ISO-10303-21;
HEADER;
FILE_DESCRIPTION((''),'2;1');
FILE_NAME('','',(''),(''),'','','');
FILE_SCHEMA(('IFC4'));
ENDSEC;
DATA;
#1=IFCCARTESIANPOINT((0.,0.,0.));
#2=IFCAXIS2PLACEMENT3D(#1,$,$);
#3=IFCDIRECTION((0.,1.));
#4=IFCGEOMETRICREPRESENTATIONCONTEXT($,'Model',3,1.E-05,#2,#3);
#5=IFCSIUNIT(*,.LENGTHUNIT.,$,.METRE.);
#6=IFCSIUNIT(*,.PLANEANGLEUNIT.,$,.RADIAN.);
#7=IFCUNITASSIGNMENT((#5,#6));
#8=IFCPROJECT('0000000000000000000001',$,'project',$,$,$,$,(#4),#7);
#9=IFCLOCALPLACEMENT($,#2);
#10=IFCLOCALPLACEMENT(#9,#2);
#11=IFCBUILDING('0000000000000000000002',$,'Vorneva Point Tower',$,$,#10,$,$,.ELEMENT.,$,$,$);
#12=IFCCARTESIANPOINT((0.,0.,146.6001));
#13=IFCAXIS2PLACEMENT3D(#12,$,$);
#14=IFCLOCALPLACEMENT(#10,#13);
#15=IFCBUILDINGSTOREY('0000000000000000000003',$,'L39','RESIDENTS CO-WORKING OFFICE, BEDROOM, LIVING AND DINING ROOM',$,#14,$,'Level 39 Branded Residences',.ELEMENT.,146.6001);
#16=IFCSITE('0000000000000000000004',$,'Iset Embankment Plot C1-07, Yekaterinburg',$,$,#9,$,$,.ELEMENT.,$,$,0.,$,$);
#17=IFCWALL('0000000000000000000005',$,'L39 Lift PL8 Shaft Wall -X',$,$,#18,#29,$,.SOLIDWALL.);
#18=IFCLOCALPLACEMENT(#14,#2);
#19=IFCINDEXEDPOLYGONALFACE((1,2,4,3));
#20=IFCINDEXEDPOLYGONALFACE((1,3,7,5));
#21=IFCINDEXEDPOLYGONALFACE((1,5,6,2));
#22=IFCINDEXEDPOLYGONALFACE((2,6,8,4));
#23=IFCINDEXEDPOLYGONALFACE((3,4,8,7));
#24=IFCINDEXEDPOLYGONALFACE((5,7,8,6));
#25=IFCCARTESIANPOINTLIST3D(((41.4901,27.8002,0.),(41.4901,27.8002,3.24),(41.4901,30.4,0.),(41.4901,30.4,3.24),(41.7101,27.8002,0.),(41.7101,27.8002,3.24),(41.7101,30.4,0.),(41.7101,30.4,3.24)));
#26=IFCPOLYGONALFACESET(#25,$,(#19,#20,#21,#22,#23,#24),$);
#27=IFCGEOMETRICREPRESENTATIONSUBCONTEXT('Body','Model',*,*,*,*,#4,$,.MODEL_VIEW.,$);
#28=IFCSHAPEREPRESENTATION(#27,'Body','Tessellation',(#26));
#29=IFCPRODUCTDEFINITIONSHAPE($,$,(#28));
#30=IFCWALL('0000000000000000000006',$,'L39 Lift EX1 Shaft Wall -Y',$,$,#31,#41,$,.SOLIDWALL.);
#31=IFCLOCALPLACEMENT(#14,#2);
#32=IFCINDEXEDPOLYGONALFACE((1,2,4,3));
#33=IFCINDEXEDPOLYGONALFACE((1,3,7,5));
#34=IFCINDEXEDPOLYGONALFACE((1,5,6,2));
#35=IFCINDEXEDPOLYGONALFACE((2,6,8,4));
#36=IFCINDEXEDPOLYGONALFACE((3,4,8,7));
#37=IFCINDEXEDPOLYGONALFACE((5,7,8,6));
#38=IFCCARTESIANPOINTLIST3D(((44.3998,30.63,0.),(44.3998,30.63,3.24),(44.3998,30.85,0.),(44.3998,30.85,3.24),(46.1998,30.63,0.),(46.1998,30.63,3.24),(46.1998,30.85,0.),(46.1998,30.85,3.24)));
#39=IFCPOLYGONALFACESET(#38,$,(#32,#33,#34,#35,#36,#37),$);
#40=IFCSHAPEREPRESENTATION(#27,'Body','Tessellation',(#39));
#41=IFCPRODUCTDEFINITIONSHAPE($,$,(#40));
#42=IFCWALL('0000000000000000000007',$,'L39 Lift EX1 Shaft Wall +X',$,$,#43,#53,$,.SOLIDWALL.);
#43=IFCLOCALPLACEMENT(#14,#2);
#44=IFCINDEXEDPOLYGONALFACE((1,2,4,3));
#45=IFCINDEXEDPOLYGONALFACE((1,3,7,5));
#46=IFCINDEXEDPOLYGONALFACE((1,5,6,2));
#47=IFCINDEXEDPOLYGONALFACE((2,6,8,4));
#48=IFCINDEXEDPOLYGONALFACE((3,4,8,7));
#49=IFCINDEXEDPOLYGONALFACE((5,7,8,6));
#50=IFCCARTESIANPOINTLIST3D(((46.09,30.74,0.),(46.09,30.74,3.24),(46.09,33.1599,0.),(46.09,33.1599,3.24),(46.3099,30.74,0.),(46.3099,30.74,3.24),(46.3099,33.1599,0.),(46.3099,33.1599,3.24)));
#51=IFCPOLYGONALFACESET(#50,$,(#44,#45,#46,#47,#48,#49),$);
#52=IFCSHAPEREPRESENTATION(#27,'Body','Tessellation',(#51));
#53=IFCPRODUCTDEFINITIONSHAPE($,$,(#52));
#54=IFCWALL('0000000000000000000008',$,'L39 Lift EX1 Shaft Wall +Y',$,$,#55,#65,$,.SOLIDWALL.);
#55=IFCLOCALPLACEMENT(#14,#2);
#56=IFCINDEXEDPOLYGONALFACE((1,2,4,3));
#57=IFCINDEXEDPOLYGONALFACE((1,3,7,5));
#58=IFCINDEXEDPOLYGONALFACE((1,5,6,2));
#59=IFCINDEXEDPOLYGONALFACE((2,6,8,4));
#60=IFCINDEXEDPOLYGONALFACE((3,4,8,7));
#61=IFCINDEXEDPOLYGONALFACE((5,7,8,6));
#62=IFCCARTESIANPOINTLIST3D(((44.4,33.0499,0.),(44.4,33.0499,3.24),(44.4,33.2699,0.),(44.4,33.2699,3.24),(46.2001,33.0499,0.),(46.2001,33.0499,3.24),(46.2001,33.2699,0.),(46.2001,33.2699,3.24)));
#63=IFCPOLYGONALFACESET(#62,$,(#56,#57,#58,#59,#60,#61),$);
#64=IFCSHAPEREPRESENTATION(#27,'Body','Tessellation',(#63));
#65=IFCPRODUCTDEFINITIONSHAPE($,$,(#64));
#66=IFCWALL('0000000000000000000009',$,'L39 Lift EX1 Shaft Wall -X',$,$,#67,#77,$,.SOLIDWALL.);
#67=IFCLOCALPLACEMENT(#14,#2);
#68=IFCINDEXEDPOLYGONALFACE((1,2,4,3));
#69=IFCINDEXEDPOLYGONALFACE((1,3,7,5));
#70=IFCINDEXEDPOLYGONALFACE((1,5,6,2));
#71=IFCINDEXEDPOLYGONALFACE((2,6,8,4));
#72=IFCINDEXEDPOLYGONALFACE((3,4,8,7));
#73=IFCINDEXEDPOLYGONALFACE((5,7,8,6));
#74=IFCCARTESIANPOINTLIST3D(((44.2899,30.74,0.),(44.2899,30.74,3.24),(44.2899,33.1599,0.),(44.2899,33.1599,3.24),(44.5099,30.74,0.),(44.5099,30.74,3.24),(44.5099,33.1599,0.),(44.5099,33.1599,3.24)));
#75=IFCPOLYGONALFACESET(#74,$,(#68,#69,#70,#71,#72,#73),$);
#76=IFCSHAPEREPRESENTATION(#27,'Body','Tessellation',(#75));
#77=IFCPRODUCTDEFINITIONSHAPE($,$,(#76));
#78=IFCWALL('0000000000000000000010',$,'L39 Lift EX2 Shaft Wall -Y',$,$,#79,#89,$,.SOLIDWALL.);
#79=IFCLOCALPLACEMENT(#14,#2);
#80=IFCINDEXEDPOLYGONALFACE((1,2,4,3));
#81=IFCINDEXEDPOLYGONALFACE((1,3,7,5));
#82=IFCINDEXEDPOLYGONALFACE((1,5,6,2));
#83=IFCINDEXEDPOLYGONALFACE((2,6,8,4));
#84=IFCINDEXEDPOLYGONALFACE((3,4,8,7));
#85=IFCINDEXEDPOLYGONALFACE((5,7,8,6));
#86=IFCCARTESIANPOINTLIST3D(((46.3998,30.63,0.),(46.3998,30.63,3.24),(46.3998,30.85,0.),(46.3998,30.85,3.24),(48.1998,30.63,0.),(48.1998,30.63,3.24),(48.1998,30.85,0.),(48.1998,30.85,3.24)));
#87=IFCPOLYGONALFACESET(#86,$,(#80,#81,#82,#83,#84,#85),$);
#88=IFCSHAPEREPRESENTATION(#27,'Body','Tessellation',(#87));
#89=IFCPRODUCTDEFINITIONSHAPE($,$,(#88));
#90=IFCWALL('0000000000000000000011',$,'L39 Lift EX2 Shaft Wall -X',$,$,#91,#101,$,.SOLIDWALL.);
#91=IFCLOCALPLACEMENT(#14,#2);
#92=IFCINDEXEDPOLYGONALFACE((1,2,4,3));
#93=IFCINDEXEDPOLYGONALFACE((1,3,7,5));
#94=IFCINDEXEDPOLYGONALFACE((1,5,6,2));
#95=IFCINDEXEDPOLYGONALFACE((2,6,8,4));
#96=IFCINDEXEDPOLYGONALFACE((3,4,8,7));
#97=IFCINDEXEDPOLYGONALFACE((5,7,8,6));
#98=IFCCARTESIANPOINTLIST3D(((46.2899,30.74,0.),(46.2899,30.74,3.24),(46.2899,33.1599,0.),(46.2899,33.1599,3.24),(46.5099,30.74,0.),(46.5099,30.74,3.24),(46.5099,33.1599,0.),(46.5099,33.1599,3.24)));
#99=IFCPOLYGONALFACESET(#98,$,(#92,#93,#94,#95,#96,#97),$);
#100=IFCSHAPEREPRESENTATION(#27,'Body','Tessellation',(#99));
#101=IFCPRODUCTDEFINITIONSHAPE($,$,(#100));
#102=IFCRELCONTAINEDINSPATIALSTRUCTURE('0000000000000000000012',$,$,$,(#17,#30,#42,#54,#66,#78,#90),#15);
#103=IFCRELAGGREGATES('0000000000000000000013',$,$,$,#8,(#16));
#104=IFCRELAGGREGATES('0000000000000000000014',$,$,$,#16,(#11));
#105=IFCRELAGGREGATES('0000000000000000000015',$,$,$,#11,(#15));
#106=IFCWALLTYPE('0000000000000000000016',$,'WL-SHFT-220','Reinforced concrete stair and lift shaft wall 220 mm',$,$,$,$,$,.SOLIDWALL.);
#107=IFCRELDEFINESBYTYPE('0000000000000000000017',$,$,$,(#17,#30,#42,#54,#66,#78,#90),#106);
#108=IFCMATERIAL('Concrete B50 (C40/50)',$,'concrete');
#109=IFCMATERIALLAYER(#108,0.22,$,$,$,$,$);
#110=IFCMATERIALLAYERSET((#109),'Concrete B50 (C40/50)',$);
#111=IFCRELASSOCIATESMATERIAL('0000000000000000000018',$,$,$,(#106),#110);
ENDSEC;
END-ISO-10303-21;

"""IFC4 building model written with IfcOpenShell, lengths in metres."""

from ifc_helpers import new_model, si_unit, direction, frame, frame_2d, origin, place, context, subcontext, project, spatial, rectangle, extrude, material, layer, layer_set, type_object, element, save


model = new_model("IFC4")

# Units and contexts
model_context = context("Model", 3, precision=1e-05, world=origin(), true_north=direction((0.0, 1.0)))
body_context = subcontext(model_context, "Body", "Model", "MODEL_VIEW")
ifc_project = project(units=[si_unit("LENGTHUNIT", "METRE"), si_unit("PLANEANGLEUNIT", "RADIAN")], contexts=[model_context])

# Site, building, storey
site_placement = place(None, origin())
site = spatial("IfcSite", under=ifc_project, at=site_placement, Name="Iset Embankment Plot C1-07, Yekaterinburg", CompositionType="ELEMENT", RefElevation=0.0)
building_placement = place(site_placement, origin())
building = spatial("IfcBuilding", under=site, at=building_placement, Name="Vorneva Point Tower", CompositionType="ELEMENT")
storey_placement = place(building_placement, frame((0.0, 0.0, 146.6001)))
storey = spatial("IfcBuildingStorey", under=building, at=storey_placement, Name="L39", Description="RESIDENTS CO-WORKING OFFICE, BEDROOM, LIVING AND DINING ROOM", LongName="Level 39 Branded Residences", CompositionType="ELEMENT", Elevation=146.6001)

# Walls
ifc_material_1 = material(Name="Concrete B50 (C40/50)", Category="concrete")
ifc_layer_1 = layer(ifc_material_1, 0.22)
ifc_layer_set_1 = layer_set([ifc_layer_1], Name="Concrete B50 (C40/50)")
wall_type_1 = type_object("IfcWallType", Name="WL-SHFT-220", Description="Reinforced concrete stair and lift shaft wall 220 mm", PredefinedType="SOLIDWALL", material=ifc_layer_set_1)
wall_1_placement = place(storey_placement, frame((41.6001, 30.3999, 0.0), z_axis=(0.0, 0.0, 1.0), x_axis=(0.0, -1.0, 0.0)))
element("IfcWall", 1, at=wall_1_placement, inside=storey, type_object=wall_type_1, Name="L39 Lift PL8 Shaft Wall -X", PredefinedType="SOLIDWALL", context=body_context, shape_type="SweptSolid", body=[
    extrude(rectangle(XDim=2.5999, YDim=0.22, at=frame_2d((1.2998, 0.0))), origin(), (0.0, 0.0, 1.0), 3.24),
])
wall_2_placement = place(storey_placement, frame((44.3999, 30.74, 0.0), z_axis=(0.0, 0.0, 1.0), x_axis=(1.0, 0.0, 0.0)))
element("IfcWall", 2, at=wall_2_placement, inside=storey, type_object=wall_type_1, Name="L39 Lift EX1 Shaft Wall -Y", PredefinedType="SOLIDWALL", context=body_context, shape_type="SweptSolid", body=[
    extrude(rectangle(XDim=1.8, YDim=0.22, at=frame_2d((0.8999, 0.0))), origin(), (0.0, 0.0, 1.0), 3.24),
])
wall_3_placement = place(storey_placement, frame((46.2, 30.74, 0.0), z_axis=(0.0, 0.0, 1.0), x_axis=(0.0, 1.0, 0.0)))
element("IfcWall", 3, at=wall_3_placement, inside=storey, type_object=wall_type_1, Name="L39 Lift EX1 Shaft Wall +X", PredefinedType="SOLIDWALL", context=body_context, shape_type="SweptSolid", body=[
    extrude(rectangle(XDim=2.4199, YDim=0.22, at=frame_2d((1.21, 0.0))), origin(), (0.0, 0.0, 1.0), 3.24),
])
wall_4_placement = place(storey_placement, frame((46.2, 33.1599, 0.0), z_axis=(0.0, 0.0, 1.0), x_axis=(-1.0, 0.0, 0.0)))
element("IfcWall", 4, at=wall_4_placement, inside=storey, type_object=wall_type_1, Name="L39 Lift EX1 Shaft Wall +Y", PredefinedType="SOLIDWALL", context=body_context, shape_type="SweptSolid", body=[
    extrude(rectangle(XDim=1.8, YDim=0.22, at=frame_2d((0.8999, 0.0))), origin(), (0.0, 0.0, 1.0), 3.24),
])
wall_5_placement = place(storey_placement, frame((44.3999, 33.1599, 0.0), z_axis=(0.0, 0.0, 1.0), x_axis=(0.0, -1.0, 0.0)))
element("IfcWall", 5, at=wall_5_placement, inside=storey, type_object=wall_type_1, Name="L39 Lift EX1 Shaft Wall -X", PredefinedType="SOLIDWALL", context=body_context, shape_type="SweptSolid", body=[
    extrude(rectangle(XDim=2.4199, YDim=0.22, at=frame_2d((1.21, 0.0))), origin(), (0.0, 0.0, 1.0), 3.24),
])
wall_6_placement = place(storey_placement, frame((46.3999, 30.74, 0.0), z_axis=(0.0, 0.0, 1.0), x_axis=(1.0, 0.0, 0.0)))
element("IfcWall", 6, at=wall_6_placement, inside=storey, type_object=wall_type_1, Name="L39 Lift EX2 Shaft Wall -Y", PredefinedType="SOLIDWALL", context=body_context, shape_type="SweptSolid", body=[
    extrude(rectangle(XDim=1.8, YDim=0.22, at=frame_2d((0.8999, 0.0))), origin(), (0.0, 0.0, 1.0), 3.24),
])
wall_7_placement = place(storey_placement, frame((46.3999, 33.1599, 0.0), z_axis=(0.0, 0.0, 1.0), x_axis=(0.0, -1.0, 0.0)))
element("IfcWall", 7, at=wall_7_placement, inside=storey, type_object=wall_type_1, Name="L39 Lift EX2 Shaft Wall -X", PredefinedType="SOLIDWALL", context=body_context, shape_type="SweptSolid", body=[
    extrude(rectangle(XDim=2.4199, YDim=0.22, at=frame_2d((1.21, 0.0))), origin(), (0.0, 0.0, 1.0), 3.24),
])

save(model, "model.ifc")
